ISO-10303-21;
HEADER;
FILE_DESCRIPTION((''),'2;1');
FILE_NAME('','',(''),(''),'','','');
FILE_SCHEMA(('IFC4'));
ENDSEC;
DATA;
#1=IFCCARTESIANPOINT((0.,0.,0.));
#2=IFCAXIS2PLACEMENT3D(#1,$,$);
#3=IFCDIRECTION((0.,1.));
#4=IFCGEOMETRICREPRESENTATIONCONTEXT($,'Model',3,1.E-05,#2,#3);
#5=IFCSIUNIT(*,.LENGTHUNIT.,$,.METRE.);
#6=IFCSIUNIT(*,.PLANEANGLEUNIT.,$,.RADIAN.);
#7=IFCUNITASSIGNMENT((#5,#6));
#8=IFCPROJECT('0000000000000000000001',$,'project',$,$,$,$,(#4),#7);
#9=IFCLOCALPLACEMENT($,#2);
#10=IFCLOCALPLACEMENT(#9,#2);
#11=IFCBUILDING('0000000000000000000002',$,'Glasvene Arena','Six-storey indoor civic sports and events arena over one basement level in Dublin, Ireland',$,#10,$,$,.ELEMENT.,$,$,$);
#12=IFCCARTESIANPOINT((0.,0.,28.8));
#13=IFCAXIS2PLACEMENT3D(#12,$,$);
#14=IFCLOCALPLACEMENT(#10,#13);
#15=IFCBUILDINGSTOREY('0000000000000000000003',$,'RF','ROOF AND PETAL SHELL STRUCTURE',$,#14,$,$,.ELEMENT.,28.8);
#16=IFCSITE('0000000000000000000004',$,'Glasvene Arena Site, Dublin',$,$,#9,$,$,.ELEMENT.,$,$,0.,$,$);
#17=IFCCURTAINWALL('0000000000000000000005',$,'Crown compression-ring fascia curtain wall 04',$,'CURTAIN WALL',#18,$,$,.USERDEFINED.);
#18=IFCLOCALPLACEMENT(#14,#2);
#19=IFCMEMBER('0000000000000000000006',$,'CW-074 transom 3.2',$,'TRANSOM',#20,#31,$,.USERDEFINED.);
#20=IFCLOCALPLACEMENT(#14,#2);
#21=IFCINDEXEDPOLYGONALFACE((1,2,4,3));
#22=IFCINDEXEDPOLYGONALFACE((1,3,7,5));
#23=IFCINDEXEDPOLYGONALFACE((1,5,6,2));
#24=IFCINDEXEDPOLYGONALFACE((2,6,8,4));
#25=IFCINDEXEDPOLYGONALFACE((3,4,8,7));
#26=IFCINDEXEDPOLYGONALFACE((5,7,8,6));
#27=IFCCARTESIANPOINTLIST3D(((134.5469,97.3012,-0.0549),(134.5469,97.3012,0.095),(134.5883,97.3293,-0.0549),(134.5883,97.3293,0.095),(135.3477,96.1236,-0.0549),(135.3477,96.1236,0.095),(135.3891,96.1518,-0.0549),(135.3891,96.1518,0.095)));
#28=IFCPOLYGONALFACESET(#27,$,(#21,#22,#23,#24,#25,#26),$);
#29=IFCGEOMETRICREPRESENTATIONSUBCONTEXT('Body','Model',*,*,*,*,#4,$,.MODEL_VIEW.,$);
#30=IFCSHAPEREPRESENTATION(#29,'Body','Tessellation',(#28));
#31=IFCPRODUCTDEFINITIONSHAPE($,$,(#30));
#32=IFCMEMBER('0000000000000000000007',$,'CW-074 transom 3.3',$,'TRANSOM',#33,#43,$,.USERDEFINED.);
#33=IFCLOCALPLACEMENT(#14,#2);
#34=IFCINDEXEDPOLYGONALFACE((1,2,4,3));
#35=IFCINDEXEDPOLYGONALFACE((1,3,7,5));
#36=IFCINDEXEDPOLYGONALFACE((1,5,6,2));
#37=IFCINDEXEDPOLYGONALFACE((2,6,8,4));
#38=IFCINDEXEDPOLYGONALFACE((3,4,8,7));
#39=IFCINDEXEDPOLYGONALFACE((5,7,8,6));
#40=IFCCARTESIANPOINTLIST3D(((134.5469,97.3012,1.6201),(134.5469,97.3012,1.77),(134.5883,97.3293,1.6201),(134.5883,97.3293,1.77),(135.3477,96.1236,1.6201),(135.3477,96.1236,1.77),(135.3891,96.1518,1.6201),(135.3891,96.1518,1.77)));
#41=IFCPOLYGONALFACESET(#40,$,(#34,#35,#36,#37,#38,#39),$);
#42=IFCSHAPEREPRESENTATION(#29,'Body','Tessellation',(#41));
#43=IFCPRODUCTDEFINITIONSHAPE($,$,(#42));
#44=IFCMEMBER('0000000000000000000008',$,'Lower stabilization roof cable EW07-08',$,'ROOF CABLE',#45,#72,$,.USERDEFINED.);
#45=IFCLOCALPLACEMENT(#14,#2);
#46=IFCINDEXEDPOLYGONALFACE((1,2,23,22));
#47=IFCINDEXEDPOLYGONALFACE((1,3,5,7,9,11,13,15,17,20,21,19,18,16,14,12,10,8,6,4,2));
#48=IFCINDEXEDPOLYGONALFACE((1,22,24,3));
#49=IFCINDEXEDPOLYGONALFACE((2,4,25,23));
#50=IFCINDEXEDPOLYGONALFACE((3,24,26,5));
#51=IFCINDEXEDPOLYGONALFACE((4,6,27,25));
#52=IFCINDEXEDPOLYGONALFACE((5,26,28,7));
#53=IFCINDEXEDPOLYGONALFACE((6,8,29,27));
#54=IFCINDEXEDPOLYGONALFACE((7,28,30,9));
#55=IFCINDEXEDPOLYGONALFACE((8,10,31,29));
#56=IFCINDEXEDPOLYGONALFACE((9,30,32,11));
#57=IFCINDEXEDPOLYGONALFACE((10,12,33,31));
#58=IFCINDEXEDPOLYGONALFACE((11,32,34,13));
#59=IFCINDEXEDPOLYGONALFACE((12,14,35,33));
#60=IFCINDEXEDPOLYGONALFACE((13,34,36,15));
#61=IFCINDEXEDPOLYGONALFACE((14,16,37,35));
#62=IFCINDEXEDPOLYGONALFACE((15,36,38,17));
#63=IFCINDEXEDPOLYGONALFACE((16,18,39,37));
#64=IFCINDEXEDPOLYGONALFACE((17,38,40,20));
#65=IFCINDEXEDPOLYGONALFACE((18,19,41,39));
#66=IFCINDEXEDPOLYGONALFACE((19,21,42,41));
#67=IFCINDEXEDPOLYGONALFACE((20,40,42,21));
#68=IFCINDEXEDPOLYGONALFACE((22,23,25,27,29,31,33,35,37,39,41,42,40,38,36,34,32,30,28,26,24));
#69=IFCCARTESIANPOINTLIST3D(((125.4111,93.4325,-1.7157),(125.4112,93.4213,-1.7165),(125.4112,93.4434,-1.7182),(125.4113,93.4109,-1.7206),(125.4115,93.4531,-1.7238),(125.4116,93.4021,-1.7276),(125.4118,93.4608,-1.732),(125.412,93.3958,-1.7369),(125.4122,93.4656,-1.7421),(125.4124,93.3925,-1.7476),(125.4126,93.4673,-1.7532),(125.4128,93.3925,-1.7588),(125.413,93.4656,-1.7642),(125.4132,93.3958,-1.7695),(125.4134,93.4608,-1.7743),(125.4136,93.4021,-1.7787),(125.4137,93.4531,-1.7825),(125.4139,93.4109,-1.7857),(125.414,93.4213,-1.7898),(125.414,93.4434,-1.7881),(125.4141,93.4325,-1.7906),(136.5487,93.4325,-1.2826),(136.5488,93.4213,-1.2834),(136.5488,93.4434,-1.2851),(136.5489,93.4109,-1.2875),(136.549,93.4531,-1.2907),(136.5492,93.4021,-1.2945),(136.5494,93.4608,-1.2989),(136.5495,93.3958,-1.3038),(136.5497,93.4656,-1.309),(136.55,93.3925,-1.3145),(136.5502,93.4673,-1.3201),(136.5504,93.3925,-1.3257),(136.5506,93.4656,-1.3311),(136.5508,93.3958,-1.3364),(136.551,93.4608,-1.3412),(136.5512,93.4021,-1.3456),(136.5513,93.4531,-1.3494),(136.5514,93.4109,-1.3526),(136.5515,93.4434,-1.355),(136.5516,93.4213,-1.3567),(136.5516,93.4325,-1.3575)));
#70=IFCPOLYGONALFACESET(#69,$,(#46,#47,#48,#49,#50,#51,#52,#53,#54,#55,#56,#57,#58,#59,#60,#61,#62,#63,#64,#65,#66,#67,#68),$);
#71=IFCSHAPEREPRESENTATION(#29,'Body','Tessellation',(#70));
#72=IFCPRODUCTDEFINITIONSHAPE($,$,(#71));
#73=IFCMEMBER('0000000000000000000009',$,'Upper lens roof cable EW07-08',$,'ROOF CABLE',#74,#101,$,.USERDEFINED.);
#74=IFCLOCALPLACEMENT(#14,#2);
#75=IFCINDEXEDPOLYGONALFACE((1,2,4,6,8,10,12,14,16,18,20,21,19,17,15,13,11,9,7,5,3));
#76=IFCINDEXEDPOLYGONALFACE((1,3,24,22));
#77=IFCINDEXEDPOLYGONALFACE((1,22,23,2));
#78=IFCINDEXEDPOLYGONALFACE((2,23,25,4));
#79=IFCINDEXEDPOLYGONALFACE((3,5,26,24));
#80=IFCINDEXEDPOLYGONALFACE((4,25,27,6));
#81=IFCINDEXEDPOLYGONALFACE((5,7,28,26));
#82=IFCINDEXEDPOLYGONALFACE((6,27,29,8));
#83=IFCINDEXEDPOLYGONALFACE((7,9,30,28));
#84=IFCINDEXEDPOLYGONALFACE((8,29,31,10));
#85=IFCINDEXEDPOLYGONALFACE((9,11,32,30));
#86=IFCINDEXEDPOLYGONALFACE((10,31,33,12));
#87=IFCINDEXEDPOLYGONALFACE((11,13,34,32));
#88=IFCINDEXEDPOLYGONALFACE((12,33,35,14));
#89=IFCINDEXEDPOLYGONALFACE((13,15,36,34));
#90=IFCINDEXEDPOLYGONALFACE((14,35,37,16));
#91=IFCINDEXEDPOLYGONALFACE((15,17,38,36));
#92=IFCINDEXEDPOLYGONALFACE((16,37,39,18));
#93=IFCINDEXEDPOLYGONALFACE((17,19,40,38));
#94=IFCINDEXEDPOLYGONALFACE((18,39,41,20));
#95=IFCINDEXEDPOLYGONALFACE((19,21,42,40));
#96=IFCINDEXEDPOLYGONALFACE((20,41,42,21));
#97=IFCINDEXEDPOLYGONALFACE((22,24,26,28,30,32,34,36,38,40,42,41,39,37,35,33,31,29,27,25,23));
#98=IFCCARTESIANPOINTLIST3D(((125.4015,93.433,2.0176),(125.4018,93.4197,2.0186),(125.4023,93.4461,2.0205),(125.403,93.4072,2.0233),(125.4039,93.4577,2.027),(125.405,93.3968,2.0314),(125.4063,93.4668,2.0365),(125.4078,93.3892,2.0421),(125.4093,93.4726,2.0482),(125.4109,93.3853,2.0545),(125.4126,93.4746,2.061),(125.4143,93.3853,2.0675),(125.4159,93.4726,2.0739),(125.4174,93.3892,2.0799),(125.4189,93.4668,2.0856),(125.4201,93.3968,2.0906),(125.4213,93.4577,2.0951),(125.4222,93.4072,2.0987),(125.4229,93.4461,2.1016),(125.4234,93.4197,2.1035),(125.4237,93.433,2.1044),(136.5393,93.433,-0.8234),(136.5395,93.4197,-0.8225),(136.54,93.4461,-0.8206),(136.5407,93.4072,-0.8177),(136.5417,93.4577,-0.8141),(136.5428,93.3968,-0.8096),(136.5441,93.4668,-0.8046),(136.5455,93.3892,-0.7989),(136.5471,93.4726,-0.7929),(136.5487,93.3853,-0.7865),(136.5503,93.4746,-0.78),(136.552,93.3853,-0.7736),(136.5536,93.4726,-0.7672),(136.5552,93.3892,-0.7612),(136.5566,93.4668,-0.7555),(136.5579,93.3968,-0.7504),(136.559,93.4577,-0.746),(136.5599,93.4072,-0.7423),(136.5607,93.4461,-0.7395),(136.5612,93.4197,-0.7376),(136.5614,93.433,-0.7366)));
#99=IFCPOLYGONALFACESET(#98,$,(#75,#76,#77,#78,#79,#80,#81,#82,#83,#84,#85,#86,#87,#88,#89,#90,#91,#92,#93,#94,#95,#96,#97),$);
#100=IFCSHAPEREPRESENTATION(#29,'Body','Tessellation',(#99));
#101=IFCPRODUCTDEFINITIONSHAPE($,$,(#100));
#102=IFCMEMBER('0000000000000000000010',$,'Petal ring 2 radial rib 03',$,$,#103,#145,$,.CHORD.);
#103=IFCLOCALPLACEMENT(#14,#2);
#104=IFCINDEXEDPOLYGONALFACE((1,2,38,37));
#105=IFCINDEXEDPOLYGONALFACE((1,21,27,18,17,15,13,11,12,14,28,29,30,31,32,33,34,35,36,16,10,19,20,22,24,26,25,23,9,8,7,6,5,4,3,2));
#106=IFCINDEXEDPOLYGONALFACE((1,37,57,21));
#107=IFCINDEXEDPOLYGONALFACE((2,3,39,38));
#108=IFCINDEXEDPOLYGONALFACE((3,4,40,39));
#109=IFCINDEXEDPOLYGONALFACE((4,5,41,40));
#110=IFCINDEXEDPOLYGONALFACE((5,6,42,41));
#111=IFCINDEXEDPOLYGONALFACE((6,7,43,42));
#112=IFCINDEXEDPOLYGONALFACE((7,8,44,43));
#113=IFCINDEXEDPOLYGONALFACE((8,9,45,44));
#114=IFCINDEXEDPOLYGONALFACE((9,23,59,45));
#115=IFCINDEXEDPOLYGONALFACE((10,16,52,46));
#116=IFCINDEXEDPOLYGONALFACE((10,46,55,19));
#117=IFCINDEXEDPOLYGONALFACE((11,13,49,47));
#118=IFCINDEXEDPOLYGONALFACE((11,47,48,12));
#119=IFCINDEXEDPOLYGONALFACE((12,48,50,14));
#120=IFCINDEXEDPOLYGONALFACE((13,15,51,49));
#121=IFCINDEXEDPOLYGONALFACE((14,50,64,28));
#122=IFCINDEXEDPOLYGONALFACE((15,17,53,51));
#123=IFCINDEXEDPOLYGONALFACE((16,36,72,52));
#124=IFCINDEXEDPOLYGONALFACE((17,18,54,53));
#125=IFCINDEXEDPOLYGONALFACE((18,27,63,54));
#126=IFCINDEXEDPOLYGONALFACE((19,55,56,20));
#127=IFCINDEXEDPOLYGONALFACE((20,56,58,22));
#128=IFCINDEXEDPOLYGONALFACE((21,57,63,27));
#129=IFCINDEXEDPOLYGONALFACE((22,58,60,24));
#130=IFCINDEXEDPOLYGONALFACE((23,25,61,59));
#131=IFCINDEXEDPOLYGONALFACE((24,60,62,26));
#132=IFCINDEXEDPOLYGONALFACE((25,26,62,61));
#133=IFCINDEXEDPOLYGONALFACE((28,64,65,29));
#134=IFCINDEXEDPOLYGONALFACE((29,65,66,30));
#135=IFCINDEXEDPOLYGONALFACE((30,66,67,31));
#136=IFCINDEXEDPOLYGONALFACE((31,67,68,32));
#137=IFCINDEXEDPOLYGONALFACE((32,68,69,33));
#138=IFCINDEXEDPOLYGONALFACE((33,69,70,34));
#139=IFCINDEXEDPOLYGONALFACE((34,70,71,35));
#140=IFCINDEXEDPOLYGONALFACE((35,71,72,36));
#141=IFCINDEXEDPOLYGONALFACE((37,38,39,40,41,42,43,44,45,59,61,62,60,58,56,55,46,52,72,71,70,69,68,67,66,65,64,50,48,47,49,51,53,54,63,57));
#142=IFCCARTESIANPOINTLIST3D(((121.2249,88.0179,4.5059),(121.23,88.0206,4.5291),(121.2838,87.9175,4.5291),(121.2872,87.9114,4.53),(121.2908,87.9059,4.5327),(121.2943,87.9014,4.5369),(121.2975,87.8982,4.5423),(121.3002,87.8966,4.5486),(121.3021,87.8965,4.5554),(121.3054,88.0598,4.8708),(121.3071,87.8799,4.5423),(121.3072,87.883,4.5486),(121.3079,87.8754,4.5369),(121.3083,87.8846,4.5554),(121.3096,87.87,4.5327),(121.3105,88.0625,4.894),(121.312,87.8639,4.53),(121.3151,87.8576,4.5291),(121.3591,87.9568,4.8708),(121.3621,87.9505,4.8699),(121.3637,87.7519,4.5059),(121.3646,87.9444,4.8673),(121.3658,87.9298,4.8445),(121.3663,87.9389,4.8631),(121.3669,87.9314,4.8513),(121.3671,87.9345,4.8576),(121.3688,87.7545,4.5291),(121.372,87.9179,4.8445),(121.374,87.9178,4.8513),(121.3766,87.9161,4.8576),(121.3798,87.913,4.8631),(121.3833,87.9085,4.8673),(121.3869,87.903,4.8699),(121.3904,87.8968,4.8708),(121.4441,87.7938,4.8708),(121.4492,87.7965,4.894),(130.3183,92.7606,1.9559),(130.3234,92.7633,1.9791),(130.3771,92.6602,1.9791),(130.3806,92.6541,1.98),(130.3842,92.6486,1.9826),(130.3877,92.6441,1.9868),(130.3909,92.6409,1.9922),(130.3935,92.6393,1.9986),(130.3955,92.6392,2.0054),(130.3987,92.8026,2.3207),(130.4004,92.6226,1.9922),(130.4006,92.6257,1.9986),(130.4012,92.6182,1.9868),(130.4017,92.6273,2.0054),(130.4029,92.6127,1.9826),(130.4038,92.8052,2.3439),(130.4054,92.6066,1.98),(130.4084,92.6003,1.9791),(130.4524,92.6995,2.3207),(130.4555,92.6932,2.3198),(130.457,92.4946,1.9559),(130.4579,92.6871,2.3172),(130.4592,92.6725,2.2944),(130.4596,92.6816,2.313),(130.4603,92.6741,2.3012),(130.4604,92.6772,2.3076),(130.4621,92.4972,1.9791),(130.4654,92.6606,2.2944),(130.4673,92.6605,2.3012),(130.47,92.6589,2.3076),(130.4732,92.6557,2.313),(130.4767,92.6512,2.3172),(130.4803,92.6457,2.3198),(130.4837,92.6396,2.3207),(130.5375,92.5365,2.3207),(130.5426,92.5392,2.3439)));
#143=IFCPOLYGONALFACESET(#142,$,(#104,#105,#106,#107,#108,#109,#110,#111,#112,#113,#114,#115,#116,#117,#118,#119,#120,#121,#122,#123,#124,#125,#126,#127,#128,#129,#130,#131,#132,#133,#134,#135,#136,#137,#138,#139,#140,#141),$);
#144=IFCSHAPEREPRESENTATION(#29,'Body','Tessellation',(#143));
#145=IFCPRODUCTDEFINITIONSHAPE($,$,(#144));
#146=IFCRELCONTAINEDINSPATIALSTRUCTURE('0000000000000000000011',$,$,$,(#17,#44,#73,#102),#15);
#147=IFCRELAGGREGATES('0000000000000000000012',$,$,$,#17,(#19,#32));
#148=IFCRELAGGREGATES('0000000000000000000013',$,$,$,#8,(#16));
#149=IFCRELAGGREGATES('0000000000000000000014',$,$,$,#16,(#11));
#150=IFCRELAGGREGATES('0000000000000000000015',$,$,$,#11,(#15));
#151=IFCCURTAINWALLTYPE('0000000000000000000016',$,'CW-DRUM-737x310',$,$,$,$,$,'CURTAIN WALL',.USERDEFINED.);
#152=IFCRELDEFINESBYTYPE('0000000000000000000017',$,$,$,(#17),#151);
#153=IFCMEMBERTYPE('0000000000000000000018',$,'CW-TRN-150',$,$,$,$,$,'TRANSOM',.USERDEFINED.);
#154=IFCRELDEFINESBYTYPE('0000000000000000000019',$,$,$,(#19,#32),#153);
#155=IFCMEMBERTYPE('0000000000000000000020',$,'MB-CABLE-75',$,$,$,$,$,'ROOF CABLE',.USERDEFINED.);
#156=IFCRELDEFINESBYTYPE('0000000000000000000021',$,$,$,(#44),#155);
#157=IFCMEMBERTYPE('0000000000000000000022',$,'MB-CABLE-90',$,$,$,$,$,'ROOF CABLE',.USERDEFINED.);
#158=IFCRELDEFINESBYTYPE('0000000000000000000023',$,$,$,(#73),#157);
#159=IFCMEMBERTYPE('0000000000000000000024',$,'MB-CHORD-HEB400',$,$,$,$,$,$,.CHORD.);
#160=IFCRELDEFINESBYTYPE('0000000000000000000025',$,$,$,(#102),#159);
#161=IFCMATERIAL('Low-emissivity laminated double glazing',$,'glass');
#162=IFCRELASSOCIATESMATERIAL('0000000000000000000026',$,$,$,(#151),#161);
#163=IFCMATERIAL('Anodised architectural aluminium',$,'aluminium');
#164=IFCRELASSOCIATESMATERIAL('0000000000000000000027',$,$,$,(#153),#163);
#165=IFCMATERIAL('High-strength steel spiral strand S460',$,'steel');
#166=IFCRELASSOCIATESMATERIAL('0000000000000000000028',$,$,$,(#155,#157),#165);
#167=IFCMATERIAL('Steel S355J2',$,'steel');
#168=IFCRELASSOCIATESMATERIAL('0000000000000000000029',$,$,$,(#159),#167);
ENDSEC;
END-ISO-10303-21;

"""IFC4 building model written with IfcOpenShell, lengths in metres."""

from ifc_helpers import new_model, si_unit, direction, frame, origin, origin_2d, place, context, subcontext, project, spatial, rectangle, circle, i_section, extrude, material, material_profile, profile_set, type_object, element, aggregate, save


model = new_model("IFC4")

# Units and contexts
model_context = context("Model", 3, precision=1e-05, world=origin(), true_north=direction((0.0, 1.0)))
body_context = subcontext(model_context, "Body", "Model", "MODEL_VIEW")
ifc_project = project(units=[si_unit("LENGTHUNIT", "METRE"), si_unit("PLANEANGLEUNIT", "RADIAN")], contexts=[model_context])

# Site, building, storey
site_placement = place(None, origin())
site = spatial("IfcSite", under=ifc_project, at=site_placement, Name="Glasvene Arena Site, Dublin", CompositionType="ELEMENT", RefElevation=0.0)
building_placement = place(site_placement, origin())
building = spatial("IfcBuilding", under=site, at=building_placement, Name="Glasvene Arena", Description="Six-storey indoor civic sports and events arena over one basement level in Dublin, Ireland", CompositionType="ELEMENT")
storey_placement = place(building_placement, frame((0.0, 0.0, 28.8)))
storey = spatial("IfcBuildingStorey", under=building, at=storey_placement, Name="RF", Description="ROOF AND PETAL SHELL STRUCTURE", CompositionType="ELEMENT", Elevation=28.8)

# Shared definitions
ifc_material_1 = material(Name="Low-emissivity laminated double glazing", Category="glass")
ifc_material_2 = material(Name="Anodised architectural aluminium", Category="aluminium")

# Curtain wall
curtain_wall_type_1 = type_object("IfcCurtainWallType", Name="CW-DRUM-737x310", ElementType="CURTAIN WALL", PredefinedType="USERDEFINED", material=ifc_material_1)
curtain_wall_1_placement = place(storey_placement, frame((137.0403, 93.6792, 0.0)))
curtain_wall_1 = element("IfcCurtainWall", 1, at=curtain_wall_1_placement, inside=storey, type_object=curtain_wall_type_1, Name="Crown compression-ring fascia curtain wall 04", ObjectType="CURTAIN WALL", PredefinedType="USERDEFINED")

# Members
ifc_material_profile_1 = material_profile(ifc_material_2, rectangle(XDim=0.05, YDim=0.1499, at=origin_2d()), Name="ALU TRANSOM 50x150")
ifc_profile_set_1 = profile_set([ifc_material_profile_1], Name="Anodised architectural aluminium")
member_type_1 = type_object("IfcMemberType", Name="CW-TRN-150", ElementType="TRANSOM", PredefinedType="USERDEFINED", material=ifc_profile_set_1)
member_1_placement = place(storey_placement, frame((135.3684, 96.1377, 0.02), z_axis=(-0.562352, 0.826898, 0.0), x_axis=(-0.826898, -0.562352, 0.0)))
member_1 = element("IfcMember", 2, at=member_1_placement, type_object=member_type_1, Name="CW-074 transom 3.2", ObjectType="TRANSOM", PredefinedType="USERDEFINED", context=body_context, shape_type="SweptSolid", body=[
    extrude(rectangle(XDim=0.05, YDim=0.1499, at=origin_2d()), origin(), (0.0, 0.0, 1.0), 1.4241),
])
member_2_placement = place(storey_placement, frame((135.3684, 96.1377, 1.6951), z_axis=(-0.562352, 0.826898, 0.0), x_axis=(-0.826898, -0.562352, 0.0)))
member_2 = element("IfcMember", 3, at=member_2_placement, type_object=member_type_1, Name="CW-074 transom 3.3", ObjectType="TRANSOM", PredefinedType="USERDEFINED", context=body_context, shape_type="SweptSolid", body=[
    extrude(rectangle(XDim=0.05, YDim=0.1499, at=origin_2d()), origin(), (0.0, 0.0, 1.0), 1.4241),
])

# Members
ifc_material_3 = material(Name="High-strength steel spiral strand S460", Category="steel")
ifc_material_profile_2 = material_profile(ifc_material_3, circle(Radius=0.0376, at=origin_2d()), Name="LCSS D75")
ifc_profile_set_2 = profile_set([ifc_material_profile_2], Name="High-strength steel spiral strand S460")
member_type_2 = type_object("IfcMemberType", Name="MB-CABLE-75", ElementType="ROOF CABLE", PredefinedType="USERDEFINED", material=ifc_profile_set_2)
member_3_placement = place(storey_placement, frame((125.4126, 93.4297, -1.7532), z_axis=(0.999245, 0.0, 0.038857), x_axis=(0.0, 1.0, 0.0)))
element("IfcMember", 4, at=member_3_placement, inside=storey, type_object=member_type_2, Name="Lower stabilization roof cable EW07-08", ObjectType="ROOF CABLE", PredefinedType="USERDEFINED", context=body_context, shape_type="SweptSolid", body=[
    extrude(circle(Radius=0.0376, at=origin_2d()), origin(), (0.0, 0.0, 1.0), 11.146),
])
ifc_material_profile_3 = material_profile(ifc_material_3, circle(Radius=0.0449, at=origin_2d()), Name="LCSS D90")
ifc_profile_set_3 = profile_set([ifc_material_profile_3], Name="High-strength steel spiral strand S460")
member_type_3 = type_object("IfcMemberType", Name="MB-CABLE-90", ElementType="ROOF CABLE", PredefinedType="USERDEFINED", material=ifc_profile_set_3)
member_4_placement = place(storey_placement, frame((125.4126, 93.4297, 2.061), z_axis=(0.968972, 0.0, -0.247171), x_axis=(0.0, 1.0, 0.0)))
element("IfcMember", 5, at=member_4_placement, inside=storey, type_object=member_type_3, Name="Upper lens roof cable EW07-08", ObjectType="ROOF CABLE", PredefinedType="USERDEFINED", context=body_context, shape_type="SweptSolid", body=[
    extrude(circle(Radius=0.0449, at=origin_2d()), origin(), (0.0, 0.0, 1.0), 11.4944),
])
ifc_material_4 = material(Name="Steel S355J2", Category="steel")
ifc_material_profile_4 = material_profile(ifc_material_4, i_section(OverallWidth=0.3, OverallDepth=0.3999, WebThickness=0.0134, FlangeThickness=0.0239, FilletRadius=0.0271, at=origin_2d()), Name="HEB 400")
ifc_profile_set_4 = profile_set([ifc_material_profile_4], Name="Steel S355J2")
member_type_4 = type_object("IfcMemberType", Name="MB-CHORD-HEB400", PredefinedType="CHORD", material=ifc_profile_set_4)
member_5_placement = place(storey_placement, frame((130.4304, 92.6499, 2.1499), z_axis=(-0.860451, -0.448776, 0.241299), x_axis=(0.462441, -0.88665, 0.0)))
element("IfcMember", 6, at=member_5_placement, inside=storey, type_object=member_type_4, Name="Petal ring 2 radial rib 03", PredefinedType="CHORD", context=body_context, shape_type="SweptSolid", body=[
    extrude(i_section(OverallWidth=0.3, OverallDepth=0.3999, WebThickness=0.0134, FlangeThickness=0.0239, FilletRadius=0.0271, at=origin_2d()), origin(), (0.0, 0.0, 1.0), 10.5681),
])

aggregate(curtain_wall_1, [member_1, member_2])

save(model, "model.ifc")
